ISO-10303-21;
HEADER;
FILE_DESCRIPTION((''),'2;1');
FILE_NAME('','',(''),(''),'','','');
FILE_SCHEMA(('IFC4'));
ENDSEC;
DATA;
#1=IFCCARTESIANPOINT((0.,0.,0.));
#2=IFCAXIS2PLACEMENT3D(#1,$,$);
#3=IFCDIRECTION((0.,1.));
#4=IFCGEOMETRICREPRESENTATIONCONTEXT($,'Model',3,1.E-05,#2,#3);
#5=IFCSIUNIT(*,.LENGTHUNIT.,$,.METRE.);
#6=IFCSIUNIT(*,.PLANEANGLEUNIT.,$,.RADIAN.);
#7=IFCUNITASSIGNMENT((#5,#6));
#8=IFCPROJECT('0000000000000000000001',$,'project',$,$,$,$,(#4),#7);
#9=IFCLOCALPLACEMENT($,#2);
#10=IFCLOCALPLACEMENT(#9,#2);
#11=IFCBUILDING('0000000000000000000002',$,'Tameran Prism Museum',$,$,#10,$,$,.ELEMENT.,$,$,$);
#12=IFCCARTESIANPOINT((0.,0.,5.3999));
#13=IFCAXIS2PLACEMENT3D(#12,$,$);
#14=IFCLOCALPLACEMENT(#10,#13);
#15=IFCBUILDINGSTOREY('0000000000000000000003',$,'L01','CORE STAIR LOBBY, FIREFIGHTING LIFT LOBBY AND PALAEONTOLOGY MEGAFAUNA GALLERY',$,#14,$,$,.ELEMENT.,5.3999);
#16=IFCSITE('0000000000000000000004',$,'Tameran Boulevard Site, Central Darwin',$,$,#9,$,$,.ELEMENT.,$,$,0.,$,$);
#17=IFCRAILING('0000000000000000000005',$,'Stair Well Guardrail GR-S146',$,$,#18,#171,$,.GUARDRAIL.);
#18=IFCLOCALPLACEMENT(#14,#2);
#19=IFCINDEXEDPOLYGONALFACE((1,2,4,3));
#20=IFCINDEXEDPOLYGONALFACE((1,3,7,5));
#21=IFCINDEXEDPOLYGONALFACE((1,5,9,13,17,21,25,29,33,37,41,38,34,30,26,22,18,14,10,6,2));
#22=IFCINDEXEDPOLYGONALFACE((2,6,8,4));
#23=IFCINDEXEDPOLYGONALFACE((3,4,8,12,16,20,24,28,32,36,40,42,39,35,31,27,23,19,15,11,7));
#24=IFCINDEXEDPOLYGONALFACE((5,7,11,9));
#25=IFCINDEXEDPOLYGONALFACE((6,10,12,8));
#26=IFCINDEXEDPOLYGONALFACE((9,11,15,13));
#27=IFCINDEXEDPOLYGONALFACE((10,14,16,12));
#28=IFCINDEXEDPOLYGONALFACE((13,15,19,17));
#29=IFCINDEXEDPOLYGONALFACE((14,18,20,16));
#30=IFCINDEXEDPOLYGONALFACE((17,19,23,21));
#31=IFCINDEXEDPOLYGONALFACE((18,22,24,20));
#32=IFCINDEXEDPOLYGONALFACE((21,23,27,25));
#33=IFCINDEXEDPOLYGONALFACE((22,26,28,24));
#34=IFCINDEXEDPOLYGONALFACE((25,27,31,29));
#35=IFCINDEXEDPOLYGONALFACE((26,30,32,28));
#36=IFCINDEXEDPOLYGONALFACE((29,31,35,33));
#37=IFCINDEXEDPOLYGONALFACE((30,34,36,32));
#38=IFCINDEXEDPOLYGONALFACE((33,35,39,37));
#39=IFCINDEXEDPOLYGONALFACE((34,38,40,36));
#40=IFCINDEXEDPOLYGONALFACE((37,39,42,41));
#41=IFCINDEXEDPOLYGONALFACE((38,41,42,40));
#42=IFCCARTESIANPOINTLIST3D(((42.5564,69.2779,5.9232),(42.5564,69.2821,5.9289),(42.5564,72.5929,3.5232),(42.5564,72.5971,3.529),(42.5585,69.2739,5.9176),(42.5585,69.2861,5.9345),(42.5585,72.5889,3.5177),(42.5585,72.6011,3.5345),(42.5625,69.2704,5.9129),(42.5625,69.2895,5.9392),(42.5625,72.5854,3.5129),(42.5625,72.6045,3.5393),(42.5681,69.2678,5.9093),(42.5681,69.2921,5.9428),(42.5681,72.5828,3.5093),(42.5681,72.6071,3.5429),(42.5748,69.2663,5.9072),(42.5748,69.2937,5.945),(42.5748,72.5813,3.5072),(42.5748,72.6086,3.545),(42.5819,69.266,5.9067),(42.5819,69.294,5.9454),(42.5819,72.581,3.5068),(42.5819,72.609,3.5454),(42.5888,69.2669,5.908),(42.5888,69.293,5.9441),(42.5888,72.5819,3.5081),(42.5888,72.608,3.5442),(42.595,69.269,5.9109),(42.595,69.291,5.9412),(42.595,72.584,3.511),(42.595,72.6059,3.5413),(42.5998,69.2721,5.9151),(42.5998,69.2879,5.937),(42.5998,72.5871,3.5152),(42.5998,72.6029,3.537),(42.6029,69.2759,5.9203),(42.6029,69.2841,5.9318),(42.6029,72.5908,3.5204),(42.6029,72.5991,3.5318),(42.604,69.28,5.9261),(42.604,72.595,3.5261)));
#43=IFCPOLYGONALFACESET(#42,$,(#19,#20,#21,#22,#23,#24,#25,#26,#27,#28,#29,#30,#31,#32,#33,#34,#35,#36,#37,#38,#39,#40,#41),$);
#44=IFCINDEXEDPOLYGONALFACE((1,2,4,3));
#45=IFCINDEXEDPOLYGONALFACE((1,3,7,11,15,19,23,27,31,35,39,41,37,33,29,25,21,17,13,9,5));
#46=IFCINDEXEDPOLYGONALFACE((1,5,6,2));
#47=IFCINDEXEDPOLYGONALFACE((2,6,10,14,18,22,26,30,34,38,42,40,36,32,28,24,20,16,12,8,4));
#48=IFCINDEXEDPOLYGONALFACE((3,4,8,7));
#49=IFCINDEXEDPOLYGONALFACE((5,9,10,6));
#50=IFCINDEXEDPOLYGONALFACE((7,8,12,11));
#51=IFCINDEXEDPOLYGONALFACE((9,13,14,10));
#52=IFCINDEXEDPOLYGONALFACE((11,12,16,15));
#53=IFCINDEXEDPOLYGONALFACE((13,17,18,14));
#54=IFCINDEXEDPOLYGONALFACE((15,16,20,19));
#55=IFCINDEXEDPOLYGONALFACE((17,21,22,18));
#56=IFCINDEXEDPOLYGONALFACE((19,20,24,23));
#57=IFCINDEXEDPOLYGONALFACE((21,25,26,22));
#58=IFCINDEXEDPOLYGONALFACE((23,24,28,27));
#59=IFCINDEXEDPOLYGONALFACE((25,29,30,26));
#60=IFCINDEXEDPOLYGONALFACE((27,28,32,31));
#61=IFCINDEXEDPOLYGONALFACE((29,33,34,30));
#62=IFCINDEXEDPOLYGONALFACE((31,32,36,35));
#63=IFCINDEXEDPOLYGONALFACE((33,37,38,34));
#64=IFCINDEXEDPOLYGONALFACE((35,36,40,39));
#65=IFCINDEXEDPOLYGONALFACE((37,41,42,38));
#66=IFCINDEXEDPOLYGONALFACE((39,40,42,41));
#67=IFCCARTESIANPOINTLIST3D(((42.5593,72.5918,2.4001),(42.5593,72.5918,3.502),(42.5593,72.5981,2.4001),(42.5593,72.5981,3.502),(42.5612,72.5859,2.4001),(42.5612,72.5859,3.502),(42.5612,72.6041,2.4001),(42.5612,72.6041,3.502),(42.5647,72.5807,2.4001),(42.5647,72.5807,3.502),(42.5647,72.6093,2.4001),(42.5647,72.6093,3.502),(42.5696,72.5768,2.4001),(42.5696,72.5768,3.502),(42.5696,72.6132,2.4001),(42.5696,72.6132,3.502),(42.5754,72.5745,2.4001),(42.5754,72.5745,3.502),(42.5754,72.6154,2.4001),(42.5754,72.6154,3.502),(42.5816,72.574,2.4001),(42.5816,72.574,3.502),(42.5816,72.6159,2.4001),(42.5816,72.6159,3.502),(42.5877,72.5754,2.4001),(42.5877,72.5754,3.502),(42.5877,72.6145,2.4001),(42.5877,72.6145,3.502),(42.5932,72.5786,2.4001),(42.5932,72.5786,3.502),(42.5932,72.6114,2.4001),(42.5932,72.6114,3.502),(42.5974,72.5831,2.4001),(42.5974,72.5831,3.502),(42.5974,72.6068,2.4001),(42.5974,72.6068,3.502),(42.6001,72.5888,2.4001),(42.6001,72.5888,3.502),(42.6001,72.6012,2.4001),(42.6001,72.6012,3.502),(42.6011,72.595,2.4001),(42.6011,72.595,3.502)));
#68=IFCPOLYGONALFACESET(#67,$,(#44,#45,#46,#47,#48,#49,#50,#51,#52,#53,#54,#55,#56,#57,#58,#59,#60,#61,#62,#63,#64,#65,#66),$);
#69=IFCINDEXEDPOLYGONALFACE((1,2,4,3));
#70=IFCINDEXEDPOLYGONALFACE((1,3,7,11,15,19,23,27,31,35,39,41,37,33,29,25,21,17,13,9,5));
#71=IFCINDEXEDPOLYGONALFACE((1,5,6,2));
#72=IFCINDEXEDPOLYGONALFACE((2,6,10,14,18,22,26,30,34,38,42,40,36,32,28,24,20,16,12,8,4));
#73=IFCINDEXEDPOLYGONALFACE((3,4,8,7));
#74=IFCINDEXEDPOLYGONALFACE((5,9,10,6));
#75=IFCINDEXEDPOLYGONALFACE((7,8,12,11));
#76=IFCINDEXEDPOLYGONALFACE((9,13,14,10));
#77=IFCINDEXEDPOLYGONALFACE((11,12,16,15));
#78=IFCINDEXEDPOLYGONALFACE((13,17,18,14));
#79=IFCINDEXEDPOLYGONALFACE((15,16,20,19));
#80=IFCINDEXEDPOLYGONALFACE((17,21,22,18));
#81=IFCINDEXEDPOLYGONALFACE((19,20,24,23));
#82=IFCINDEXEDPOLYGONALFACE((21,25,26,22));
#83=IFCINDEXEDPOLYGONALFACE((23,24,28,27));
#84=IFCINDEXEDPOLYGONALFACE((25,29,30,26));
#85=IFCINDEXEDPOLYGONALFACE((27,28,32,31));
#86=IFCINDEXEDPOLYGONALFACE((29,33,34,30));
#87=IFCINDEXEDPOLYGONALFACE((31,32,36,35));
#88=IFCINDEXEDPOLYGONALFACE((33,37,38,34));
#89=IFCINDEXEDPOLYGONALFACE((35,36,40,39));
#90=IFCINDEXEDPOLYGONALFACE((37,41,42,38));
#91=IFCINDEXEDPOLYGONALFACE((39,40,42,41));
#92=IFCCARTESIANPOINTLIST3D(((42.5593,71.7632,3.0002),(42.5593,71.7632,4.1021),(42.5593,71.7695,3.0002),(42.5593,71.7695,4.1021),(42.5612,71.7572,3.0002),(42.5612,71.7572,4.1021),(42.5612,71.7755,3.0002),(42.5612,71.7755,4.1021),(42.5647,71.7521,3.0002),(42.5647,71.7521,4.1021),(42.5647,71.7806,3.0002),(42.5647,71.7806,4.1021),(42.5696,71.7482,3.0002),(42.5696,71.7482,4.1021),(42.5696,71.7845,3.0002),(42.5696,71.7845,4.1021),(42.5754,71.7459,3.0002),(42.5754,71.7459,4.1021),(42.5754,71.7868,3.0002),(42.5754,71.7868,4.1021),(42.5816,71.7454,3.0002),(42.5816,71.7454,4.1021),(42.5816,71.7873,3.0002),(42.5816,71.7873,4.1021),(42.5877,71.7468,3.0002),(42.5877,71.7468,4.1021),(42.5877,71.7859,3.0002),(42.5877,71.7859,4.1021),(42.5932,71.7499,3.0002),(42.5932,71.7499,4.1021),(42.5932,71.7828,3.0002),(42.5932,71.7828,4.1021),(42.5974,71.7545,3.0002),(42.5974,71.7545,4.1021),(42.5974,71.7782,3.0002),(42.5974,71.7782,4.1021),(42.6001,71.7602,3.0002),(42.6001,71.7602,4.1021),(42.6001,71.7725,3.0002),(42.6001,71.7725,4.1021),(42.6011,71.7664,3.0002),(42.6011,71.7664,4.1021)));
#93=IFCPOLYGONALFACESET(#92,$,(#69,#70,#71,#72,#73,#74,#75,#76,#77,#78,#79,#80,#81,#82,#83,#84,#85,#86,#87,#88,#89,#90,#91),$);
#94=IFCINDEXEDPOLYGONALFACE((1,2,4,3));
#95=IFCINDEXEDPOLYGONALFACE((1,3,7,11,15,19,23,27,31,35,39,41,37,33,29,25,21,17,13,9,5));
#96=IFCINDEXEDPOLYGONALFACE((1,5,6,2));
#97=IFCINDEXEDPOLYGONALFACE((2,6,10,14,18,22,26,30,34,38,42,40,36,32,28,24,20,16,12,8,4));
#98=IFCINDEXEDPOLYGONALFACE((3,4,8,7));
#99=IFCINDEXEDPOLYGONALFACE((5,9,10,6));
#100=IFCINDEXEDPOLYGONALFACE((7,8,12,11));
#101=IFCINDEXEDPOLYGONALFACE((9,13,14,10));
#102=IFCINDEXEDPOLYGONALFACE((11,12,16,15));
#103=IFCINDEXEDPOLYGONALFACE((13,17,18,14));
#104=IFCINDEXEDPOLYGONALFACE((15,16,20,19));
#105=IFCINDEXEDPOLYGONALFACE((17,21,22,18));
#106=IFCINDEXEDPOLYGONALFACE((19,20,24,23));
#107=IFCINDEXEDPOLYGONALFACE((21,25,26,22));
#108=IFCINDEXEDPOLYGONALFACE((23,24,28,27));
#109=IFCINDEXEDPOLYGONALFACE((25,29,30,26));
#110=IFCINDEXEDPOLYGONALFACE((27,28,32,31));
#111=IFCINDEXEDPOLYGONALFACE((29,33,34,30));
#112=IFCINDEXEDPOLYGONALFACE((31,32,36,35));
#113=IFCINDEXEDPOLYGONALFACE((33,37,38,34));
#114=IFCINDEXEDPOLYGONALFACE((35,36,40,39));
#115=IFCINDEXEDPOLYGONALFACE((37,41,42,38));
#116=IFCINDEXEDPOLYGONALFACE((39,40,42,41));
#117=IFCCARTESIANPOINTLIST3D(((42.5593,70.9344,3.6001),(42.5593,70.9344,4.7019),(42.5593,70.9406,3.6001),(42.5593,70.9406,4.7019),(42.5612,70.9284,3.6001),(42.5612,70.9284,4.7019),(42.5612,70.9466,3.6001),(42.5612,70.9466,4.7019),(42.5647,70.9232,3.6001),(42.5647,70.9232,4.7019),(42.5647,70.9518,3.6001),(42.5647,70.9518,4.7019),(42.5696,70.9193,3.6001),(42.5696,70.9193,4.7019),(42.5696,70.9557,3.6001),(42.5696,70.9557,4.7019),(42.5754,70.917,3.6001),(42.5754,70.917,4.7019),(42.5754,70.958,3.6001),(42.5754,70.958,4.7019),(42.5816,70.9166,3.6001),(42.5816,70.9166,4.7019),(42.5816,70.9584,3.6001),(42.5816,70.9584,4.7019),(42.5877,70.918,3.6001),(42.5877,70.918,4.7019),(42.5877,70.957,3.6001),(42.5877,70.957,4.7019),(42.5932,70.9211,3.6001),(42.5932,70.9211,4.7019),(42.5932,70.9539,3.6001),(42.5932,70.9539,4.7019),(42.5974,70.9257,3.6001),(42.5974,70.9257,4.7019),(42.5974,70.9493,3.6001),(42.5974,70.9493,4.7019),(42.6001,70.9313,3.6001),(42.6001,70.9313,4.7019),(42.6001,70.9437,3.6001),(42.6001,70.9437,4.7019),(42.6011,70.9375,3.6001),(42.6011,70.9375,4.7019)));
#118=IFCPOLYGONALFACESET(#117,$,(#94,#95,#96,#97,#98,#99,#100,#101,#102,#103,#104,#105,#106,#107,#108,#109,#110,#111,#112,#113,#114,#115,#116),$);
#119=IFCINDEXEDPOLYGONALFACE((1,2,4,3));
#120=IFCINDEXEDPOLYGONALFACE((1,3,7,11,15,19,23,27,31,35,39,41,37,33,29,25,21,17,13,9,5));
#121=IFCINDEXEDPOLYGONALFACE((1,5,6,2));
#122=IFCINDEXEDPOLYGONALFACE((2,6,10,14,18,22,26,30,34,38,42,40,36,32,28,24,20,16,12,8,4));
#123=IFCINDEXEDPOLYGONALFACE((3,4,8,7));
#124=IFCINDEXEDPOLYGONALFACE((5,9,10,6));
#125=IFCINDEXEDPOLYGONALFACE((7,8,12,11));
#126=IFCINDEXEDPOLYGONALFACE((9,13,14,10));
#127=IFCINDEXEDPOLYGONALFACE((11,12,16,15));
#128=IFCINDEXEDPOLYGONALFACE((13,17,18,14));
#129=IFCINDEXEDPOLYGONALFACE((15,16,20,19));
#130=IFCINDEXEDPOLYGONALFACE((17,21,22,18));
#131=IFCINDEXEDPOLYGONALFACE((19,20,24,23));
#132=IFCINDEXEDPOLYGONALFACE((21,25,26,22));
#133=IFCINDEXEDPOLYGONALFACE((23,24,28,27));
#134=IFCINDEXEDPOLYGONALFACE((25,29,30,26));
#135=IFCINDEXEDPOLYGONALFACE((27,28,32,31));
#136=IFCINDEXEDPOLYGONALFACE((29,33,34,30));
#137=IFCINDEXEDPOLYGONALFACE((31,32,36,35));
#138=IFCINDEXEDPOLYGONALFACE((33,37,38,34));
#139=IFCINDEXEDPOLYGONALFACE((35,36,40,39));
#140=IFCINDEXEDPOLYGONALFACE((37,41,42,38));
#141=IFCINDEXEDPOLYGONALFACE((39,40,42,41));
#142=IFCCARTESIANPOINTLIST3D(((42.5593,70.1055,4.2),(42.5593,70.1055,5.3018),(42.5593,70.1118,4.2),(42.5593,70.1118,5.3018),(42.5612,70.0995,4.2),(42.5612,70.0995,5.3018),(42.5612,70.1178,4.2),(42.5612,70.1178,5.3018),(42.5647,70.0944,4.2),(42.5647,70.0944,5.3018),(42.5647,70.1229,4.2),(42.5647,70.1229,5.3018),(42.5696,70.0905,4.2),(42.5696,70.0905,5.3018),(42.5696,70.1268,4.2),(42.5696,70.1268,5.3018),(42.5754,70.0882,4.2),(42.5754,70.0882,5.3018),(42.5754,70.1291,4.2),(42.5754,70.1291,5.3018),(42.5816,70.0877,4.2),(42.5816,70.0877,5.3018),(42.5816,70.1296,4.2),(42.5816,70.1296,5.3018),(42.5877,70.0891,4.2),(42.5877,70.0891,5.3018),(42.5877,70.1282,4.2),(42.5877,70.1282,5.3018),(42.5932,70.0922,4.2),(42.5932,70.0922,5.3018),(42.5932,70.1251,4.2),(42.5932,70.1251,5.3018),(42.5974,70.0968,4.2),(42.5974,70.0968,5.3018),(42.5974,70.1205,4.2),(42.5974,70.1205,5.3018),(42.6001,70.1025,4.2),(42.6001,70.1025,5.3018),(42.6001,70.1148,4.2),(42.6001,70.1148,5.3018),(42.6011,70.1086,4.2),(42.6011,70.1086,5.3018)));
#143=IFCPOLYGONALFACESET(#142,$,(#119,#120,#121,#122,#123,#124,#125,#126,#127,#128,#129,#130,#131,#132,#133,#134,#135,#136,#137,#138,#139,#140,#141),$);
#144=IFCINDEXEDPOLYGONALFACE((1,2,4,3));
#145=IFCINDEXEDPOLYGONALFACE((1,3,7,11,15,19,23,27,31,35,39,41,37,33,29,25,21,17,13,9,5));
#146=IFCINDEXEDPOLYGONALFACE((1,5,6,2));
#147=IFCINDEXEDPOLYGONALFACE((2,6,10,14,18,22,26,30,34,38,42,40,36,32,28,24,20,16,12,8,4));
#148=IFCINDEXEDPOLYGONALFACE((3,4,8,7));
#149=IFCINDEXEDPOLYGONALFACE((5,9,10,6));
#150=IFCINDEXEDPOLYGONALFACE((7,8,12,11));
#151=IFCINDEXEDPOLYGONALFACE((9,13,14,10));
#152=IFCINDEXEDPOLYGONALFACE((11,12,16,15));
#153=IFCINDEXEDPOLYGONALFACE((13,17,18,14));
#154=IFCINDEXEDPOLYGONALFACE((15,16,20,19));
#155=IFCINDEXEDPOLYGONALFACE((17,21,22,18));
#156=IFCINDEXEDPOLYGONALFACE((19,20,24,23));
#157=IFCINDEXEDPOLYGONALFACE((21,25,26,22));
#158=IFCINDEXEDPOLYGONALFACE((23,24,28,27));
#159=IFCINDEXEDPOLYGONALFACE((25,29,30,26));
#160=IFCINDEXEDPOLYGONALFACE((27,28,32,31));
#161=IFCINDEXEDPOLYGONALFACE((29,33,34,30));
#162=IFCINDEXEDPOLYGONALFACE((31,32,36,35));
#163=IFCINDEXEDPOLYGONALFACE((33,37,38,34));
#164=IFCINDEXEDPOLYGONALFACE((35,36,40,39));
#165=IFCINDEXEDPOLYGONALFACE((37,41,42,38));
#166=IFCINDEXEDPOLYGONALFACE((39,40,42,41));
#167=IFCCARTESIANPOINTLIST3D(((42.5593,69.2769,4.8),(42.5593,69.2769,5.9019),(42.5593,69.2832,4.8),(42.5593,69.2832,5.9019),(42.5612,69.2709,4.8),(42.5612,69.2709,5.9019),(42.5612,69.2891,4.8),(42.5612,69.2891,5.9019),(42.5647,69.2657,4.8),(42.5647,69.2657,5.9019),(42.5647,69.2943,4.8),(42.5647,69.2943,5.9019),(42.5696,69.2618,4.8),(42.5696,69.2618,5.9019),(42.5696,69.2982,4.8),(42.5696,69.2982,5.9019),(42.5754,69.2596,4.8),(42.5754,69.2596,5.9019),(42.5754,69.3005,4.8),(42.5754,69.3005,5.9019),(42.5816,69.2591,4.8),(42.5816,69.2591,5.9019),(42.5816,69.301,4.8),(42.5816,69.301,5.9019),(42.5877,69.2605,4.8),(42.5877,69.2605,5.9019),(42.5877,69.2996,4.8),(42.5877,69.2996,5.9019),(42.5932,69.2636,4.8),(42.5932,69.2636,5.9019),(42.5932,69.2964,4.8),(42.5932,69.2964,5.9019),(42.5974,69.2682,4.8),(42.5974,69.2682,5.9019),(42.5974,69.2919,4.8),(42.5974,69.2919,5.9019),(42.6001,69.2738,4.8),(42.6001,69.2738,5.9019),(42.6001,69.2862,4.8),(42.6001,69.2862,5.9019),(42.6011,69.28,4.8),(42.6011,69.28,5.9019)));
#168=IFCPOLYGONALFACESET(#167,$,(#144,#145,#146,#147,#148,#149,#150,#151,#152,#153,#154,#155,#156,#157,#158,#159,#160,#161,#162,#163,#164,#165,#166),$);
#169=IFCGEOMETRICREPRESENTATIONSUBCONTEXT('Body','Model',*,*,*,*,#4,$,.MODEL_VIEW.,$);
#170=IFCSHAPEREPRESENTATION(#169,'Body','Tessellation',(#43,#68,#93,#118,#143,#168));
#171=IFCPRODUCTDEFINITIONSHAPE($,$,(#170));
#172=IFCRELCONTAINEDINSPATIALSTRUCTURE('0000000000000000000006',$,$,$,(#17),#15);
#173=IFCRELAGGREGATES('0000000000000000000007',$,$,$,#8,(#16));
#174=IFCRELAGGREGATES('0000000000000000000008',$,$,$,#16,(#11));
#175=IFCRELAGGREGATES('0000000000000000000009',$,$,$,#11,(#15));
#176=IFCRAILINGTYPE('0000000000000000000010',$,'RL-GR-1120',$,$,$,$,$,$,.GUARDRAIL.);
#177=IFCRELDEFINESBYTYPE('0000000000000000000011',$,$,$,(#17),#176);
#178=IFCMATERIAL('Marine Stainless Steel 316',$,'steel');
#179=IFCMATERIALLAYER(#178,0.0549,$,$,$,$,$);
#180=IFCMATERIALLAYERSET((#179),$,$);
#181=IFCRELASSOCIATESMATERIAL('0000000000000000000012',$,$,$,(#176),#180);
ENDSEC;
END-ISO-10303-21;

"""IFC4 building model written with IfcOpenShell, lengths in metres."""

from ifc_helpers import new_model, si_unit, direction, frame, origin, origin_2d, place, context, subcontext, project, spatial, circle, extrude, material, layer, layer_set, type_object, element, save


model = new_model("IFC4")

# Units and contexts
model_context = context("Model", 3, precision=1e-05, world=origin(), true_north=direction((0.0, 1.0)))
body_context = subcontext(model_context, "Body", "Model", "MODEL_VIEW")
ifc_project = project(units=[si_unit("LENGTHUNIT", "METRE"), si_unit("PLANEANGLEUNIT", "RADIAN")], contexts=[model_context])

# Site, building, storey
site_placement = place(None, origin())
site = spatial("IfcSite", under=ifc_project, at=site_placement, Name="Tameran Boulevard Site, Central Darwin", CompositionType="ELEMENT", RefElevation=0.0)
building_placement = place(site_placement, origin())
building = spatial("IfcBuilding", under=site, at=building_placement, Name="Tameran Prism Museum", CompositionType="ELEMENT")
storey_placement = place(building_placement, frame((0.0, 0.0, 5.3999)))
storey = spatial("IfcBuildingStorey", under=building, at=storey_placement, Name="L01", Description="CORE STAIR LOBBY, FIREFIGHTING LIFT LOBBY AND PALAEONTOLOGY MEGAFAUNA GALLERY", CompositionType="ELEMENT", Elevation=5.3999)

# Railing
ifc_material_1 = material(Name="Marine Stainless Steel 316", Category="steel")
ifc_layer_1 = layer(ifc_material_1, 0.0549)
ifc_layer_set_1 = layer_set([ifc_layer_1])
railing_type_1 = type_object("IfcRailingType", Name="RL-GR-1120", PredefinedType="GUARDRAIL", material=ifc_layer_set_1)
railing_1_placement = place(storey_placement, frame((42.5801, 72.595, 2.4001)))
element("IfcRailing", 1, at=railing_1_placement, inside=storey, type_object=railing_type_1, Name="Stair Well Guardrail GR-S146", PredefinedType="GUARDRAIL", context=body_context, shape_type="SweptSolid", body=[
    extrude(circle(Radius=0.0239, at=origin_2d()), frame((0.0, 0.0, 1.126), z_axis=(0.0, -0.810009, 0.586418), x_axis=(1.0, 0.0, 0.0)), (0.0, 0.0, 1.0), 4.0925),
    extrude(circle(Radius=0.021, at=origin_2d()), origin(), (0.0, 0.0, 1.0), 1.1018),
    extrude(circle(Radius=0.021, at=origin_2d()), frame((0.0, -0.8286, 0.6001)), (0.0, 0.0, 1.0), 1.1018),
    extrude(circle(Radius=0.021, at=origin_2d()), frame((0.0, -1.6575, 1.2)), (0.0, 0.0, 1.0), 1.1018),
    extrude(circle(Radius=0.021, at=origin_2d()), frame((0.0, -2.4863, 1.7998)), (0.0, 0.0, 1.0), 1.1018),
    extrude(circle(Radius=0.021, at=origin_2d()), frame((0.0, -3.3149, 2.3999)), (0.0, 0.0, 1.0), 1.1018),
])

save(model, "model.ifc")
